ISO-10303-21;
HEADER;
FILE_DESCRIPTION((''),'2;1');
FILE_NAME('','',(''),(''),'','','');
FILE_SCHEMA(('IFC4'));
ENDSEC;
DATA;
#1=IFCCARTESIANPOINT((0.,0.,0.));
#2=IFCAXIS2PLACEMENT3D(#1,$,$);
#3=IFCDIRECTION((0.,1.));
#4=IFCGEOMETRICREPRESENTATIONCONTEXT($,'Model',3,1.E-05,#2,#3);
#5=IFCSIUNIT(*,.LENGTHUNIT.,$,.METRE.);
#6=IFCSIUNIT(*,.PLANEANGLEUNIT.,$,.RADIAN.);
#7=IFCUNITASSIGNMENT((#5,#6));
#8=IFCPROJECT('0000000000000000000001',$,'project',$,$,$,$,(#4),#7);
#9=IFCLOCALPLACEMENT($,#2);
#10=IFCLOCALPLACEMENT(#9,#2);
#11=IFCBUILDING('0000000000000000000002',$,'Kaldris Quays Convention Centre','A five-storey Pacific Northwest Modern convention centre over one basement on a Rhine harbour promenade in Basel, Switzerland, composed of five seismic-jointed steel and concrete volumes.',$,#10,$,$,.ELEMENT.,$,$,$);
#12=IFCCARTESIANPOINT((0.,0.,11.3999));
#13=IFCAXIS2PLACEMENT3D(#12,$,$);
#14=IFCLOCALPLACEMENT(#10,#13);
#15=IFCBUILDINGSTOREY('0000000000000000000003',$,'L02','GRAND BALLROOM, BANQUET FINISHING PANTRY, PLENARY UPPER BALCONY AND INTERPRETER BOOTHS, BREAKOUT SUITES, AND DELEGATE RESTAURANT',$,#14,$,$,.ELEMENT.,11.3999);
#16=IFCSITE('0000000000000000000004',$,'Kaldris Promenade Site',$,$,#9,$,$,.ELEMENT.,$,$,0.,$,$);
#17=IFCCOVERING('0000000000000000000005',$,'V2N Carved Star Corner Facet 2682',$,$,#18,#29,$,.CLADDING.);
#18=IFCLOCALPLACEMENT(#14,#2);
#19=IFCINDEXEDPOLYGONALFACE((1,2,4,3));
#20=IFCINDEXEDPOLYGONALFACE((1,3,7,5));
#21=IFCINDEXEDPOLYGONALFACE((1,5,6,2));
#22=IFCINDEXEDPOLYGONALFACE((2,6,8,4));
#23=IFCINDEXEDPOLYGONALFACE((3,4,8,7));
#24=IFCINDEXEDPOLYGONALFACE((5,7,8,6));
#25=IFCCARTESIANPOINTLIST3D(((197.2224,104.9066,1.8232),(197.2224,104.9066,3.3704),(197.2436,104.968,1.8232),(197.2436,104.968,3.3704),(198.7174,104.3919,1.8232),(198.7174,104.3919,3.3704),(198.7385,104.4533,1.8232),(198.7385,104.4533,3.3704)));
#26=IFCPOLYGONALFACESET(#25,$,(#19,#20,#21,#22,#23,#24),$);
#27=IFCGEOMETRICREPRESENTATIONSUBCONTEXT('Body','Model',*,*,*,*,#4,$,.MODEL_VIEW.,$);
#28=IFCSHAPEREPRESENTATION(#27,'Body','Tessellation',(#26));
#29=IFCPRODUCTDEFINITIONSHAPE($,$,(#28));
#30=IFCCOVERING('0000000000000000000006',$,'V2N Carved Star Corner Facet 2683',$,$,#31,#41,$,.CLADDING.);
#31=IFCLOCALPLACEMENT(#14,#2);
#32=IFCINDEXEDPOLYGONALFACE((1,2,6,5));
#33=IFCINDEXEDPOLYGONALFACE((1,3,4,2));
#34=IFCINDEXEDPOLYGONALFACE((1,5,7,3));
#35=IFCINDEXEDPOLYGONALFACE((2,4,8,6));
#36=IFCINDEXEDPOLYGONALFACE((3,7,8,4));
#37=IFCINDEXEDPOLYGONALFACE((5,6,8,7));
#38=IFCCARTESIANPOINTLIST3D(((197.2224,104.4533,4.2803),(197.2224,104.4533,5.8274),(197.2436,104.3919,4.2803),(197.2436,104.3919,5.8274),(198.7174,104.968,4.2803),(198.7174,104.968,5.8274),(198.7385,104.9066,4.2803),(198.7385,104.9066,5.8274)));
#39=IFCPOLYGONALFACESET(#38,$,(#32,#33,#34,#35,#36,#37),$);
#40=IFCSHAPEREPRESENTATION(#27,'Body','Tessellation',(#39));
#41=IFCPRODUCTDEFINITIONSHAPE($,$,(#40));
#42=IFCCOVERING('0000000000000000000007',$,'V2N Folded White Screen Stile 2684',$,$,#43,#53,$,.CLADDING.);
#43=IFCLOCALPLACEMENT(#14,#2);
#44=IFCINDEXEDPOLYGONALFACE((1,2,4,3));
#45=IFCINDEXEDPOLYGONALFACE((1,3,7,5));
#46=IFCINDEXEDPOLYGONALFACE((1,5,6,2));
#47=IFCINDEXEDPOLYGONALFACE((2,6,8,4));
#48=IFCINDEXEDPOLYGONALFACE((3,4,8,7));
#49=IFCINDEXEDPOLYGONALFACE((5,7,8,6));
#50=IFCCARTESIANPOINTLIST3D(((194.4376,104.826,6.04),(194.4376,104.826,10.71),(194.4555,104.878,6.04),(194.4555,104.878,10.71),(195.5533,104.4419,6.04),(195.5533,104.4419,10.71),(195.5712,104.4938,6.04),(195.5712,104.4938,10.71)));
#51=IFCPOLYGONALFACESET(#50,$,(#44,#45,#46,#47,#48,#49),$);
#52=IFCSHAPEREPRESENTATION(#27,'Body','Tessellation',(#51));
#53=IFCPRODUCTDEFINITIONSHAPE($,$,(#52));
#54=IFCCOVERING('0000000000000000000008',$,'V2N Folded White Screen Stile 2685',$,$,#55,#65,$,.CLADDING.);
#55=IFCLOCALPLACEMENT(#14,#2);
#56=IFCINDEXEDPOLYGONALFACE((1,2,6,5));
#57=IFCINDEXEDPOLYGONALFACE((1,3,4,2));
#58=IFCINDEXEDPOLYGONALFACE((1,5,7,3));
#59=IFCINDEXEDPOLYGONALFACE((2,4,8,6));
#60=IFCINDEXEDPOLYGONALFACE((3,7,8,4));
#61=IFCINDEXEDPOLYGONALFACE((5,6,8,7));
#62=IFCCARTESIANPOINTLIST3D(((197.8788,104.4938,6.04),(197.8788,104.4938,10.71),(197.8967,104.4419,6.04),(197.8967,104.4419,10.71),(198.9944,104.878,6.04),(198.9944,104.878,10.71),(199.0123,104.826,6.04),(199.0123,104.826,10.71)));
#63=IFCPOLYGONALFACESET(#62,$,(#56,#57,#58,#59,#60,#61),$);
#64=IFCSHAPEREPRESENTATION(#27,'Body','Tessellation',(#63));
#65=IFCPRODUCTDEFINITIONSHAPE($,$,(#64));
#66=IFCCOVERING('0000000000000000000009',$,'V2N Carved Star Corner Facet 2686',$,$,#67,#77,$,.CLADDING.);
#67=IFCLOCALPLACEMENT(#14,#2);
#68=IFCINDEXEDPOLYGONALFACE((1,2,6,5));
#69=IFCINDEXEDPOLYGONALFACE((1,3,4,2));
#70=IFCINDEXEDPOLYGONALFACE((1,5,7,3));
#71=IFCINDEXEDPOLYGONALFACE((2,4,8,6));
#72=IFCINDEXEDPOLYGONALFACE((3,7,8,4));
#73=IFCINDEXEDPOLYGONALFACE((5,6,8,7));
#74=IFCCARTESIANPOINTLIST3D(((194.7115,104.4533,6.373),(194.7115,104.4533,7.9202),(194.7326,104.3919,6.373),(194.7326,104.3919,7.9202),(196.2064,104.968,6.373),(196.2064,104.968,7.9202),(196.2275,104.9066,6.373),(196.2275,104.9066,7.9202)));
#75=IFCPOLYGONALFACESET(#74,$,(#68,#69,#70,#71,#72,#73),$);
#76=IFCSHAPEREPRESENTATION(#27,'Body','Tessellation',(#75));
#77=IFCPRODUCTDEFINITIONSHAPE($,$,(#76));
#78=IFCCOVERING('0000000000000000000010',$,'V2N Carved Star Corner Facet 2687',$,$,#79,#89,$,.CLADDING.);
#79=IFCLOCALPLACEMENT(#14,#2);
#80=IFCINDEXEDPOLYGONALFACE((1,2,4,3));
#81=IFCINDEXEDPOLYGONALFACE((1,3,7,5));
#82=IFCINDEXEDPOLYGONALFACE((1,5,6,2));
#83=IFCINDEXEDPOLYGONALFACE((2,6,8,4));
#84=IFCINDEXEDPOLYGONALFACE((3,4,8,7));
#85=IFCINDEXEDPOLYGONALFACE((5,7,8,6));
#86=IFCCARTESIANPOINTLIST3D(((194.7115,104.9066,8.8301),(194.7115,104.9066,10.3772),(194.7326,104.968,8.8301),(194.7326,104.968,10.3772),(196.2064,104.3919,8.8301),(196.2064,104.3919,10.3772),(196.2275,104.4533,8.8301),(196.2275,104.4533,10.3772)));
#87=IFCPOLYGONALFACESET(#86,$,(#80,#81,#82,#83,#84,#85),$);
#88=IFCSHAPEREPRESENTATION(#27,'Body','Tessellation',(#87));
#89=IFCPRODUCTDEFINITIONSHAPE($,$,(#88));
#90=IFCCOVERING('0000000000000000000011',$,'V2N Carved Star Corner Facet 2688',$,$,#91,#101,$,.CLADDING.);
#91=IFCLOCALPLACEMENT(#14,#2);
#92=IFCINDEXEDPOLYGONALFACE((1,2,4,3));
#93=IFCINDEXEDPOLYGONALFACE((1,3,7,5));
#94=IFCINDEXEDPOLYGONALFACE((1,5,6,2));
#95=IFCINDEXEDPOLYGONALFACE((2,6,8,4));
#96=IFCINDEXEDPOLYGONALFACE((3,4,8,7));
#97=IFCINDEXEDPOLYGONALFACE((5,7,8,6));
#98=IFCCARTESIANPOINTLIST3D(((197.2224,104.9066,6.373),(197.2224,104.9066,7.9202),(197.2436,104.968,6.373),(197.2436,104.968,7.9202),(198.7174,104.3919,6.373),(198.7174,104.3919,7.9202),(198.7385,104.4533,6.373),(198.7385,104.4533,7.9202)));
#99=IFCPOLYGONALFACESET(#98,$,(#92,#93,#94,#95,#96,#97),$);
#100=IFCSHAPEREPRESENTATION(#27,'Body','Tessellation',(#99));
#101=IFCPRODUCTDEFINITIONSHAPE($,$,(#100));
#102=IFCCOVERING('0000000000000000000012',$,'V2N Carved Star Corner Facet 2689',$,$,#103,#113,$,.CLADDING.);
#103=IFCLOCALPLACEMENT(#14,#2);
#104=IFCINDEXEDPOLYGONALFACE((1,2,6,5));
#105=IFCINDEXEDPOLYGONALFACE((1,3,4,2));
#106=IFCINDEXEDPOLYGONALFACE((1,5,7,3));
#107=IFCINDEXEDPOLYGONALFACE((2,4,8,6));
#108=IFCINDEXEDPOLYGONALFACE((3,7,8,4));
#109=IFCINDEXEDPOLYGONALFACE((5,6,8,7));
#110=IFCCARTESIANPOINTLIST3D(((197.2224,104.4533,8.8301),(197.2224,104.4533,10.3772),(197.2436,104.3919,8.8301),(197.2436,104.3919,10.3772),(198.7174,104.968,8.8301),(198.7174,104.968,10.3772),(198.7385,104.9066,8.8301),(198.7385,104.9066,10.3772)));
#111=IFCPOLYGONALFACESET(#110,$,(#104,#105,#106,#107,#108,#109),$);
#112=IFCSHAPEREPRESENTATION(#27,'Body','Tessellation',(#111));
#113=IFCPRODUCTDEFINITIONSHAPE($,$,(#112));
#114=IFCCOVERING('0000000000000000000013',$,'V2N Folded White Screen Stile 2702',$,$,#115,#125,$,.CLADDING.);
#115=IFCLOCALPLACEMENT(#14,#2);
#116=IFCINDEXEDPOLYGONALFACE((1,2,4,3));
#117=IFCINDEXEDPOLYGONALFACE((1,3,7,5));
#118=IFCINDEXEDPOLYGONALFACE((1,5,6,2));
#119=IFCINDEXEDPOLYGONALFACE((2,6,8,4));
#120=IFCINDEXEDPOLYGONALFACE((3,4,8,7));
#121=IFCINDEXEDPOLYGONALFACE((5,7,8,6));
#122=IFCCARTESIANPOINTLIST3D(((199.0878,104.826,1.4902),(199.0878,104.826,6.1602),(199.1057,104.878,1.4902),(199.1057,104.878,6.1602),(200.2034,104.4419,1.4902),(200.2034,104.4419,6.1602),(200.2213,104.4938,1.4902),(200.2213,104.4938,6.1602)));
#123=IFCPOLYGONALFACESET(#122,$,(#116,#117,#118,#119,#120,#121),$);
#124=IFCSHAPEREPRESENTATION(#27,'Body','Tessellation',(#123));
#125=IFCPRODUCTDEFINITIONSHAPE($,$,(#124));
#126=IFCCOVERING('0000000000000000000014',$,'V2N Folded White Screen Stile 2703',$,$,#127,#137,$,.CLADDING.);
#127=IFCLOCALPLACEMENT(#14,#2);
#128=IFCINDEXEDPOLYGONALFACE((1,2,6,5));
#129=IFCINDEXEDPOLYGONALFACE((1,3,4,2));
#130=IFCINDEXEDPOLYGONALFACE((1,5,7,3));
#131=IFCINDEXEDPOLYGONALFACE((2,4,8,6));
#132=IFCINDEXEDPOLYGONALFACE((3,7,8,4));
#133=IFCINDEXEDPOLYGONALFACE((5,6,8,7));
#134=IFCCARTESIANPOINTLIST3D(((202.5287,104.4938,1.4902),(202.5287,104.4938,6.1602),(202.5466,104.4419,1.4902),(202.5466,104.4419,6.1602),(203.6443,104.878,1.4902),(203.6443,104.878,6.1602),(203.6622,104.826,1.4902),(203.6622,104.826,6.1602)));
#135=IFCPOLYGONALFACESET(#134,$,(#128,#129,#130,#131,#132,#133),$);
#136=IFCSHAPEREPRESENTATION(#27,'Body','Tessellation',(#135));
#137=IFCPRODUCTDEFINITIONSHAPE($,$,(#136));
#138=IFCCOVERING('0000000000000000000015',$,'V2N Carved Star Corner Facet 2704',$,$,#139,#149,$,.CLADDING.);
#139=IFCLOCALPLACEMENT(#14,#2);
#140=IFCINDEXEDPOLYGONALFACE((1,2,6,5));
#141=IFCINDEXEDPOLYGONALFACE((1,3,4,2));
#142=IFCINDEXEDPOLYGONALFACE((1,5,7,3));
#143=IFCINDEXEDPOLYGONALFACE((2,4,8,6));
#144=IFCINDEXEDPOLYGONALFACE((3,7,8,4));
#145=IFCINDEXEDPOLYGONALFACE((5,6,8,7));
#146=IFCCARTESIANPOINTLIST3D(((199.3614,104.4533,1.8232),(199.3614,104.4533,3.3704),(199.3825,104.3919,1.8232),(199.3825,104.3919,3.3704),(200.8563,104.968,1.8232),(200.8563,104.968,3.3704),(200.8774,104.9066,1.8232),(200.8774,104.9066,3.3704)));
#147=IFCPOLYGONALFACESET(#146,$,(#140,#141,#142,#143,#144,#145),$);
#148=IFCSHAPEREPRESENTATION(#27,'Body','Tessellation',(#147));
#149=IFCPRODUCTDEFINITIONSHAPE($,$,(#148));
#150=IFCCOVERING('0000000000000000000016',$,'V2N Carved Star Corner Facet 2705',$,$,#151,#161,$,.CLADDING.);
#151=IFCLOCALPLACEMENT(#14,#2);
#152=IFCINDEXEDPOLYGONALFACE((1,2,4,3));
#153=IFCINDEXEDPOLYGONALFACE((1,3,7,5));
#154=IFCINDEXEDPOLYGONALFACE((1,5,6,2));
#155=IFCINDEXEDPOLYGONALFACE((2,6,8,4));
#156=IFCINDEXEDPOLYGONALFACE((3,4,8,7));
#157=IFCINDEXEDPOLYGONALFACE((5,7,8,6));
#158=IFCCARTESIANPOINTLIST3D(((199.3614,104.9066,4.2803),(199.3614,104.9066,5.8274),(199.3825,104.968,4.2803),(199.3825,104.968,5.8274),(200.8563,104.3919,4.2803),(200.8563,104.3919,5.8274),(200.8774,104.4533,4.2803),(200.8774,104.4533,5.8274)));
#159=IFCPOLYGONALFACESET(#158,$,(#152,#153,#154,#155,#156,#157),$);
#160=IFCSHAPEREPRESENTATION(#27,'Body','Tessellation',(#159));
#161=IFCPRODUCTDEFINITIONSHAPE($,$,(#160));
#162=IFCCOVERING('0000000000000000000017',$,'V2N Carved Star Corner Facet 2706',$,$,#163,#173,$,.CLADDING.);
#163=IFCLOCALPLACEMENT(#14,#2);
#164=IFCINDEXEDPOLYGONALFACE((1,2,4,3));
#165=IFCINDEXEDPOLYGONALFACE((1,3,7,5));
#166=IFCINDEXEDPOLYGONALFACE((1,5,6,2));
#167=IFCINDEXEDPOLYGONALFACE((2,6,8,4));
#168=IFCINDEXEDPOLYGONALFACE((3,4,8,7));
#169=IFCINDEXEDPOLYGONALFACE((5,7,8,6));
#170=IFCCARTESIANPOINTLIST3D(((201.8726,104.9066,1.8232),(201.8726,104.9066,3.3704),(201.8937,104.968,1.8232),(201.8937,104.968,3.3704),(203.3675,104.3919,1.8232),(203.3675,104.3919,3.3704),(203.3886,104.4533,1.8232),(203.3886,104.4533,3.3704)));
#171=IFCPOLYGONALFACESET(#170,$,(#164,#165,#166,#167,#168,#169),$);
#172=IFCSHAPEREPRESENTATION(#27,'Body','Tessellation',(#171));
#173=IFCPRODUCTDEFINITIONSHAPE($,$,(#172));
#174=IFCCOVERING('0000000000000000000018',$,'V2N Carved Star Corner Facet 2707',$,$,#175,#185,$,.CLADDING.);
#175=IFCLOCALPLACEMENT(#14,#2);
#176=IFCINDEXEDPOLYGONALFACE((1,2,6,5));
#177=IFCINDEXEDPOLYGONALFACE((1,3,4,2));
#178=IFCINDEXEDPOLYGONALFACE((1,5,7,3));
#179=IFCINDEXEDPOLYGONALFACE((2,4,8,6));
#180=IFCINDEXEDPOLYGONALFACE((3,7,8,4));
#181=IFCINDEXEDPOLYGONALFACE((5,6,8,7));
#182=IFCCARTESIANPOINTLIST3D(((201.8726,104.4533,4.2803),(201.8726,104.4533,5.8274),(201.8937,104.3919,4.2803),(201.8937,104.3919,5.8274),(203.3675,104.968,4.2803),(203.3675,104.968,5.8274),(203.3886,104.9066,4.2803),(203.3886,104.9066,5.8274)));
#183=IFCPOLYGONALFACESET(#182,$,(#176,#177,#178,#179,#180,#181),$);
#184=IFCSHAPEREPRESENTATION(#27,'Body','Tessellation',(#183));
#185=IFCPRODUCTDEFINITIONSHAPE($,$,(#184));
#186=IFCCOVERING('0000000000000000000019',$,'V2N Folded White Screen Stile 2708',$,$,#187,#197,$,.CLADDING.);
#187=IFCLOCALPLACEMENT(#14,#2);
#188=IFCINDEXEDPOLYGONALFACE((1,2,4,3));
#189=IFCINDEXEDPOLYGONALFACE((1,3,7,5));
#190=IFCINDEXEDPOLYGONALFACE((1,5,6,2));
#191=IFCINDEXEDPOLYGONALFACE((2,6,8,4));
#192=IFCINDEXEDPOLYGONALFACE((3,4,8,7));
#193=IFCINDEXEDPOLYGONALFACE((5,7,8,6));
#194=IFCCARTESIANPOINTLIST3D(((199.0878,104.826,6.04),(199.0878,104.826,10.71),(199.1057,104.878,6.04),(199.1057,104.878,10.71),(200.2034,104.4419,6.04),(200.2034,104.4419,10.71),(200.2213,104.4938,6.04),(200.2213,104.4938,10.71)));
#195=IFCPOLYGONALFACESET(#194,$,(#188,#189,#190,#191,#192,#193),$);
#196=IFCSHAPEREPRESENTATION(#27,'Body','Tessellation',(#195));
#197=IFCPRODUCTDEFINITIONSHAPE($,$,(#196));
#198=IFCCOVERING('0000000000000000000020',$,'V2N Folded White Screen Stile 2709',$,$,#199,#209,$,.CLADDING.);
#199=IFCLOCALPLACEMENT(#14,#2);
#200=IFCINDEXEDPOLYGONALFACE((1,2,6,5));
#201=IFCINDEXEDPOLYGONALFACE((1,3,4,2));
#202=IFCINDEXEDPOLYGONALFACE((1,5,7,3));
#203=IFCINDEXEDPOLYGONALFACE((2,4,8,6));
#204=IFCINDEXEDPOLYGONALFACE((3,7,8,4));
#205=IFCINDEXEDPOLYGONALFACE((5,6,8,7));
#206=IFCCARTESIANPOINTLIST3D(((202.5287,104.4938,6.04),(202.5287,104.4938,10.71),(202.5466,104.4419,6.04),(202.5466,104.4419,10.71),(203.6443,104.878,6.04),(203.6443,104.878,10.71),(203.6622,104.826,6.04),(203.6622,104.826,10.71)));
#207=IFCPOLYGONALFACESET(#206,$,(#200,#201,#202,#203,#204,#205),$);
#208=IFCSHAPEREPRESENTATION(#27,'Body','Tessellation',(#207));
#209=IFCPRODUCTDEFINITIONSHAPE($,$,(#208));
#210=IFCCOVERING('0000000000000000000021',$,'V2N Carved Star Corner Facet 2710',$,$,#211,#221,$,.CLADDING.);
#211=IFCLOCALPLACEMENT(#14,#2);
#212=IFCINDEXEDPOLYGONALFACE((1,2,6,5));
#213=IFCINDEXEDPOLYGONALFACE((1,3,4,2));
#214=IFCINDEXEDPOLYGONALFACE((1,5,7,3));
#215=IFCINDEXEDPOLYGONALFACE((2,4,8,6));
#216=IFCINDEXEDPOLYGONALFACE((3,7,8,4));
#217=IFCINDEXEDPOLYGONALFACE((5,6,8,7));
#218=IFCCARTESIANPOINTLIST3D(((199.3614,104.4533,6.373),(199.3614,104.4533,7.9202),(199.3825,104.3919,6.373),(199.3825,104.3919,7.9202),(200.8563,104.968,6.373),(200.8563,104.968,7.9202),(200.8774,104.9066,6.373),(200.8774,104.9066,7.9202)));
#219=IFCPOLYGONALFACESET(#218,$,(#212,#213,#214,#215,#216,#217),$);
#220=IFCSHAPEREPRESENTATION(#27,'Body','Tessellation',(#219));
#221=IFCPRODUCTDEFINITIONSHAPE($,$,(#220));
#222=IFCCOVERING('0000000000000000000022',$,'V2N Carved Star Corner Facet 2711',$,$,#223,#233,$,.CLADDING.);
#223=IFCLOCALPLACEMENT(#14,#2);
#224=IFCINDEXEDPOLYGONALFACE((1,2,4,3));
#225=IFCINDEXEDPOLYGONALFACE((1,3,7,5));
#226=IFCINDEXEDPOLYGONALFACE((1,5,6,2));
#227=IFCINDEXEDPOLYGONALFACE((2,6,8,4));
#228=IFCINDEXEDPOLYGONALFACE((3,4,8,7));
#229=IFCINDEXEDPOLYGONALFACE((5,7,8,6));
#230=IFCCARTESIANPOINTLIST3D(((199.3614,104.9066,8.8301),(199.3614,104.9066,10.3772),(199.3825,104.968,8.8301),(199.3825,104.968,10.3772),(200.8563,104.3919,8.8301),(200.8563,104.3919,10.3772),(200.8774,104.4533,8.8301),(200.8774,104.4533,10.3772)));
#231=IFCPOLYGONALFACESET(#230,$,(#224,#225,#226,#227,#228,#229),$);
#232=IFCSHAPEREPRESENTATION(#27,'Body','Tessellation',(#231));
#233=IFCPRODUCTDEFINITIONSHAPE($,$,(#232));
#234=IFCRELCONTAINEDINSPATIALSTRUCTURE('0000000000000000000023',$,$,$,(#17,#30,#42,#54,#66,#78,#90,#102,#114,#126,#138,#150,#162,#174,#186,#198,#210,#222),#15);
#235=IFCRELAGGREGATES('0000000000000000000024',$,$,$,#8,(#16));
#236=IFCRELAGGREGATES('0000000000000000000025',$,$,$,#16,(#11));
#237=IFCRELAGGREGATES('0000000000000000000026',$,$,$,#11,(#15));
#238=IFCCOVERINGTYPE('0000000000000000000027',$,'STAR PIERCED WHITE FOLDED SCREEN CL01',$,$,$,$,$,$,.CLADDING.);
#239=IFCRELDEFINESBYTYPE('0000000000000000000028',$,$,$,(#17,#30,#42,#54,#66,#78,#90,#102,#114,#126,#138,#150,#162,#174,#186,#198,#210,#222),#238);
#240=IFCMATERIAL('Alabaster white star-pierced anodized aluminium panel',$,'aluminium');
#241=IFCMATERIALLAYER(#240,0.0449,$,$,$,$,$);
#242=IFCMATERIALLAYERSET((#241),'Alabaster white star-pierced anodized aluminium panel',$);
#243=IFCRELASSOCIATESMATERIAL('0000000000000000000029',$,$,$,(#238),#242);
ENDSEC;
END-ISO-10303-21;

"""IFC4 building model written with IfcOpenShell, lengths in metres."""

from ifc_helpers import new_model, si_unit, direction, frame, origin, origin_2d, place, context, subcontext, project, spatial, rectangle, extrude, material, layer, layer_set, type_object, element, save


model = new_model("IFC4")

# Units and contexts
model_context = context("Model", 3, precision=1e-05, world=origin(), true_north=direction((0.0, 1.0)))
body_context = subcontext(model_context, "Body", "Model", "MODEL_VIEW")
ifc_project = project(units=[si_unit("LENGTHUNIT", "METRE"), si_unit("PLANEANGLEUNIT", "RADIAN")], contexts=[model_context])

# Site, building, storey
site_placement = place(None, origin())
site = spatial("IfcSite", under=ifc_project, at=site_placement, Name="Kaldris Promenade Site", CompositionType="ELEMENT", RefElevation=0.0)
building_placement = place(site_placement, origin())
building = spatial("IfcBuilding", under=site, at=building_placement, Name="Kaldris Quays Convention Centre", Description="A five-storey Pacific Northwest Modern convention centre over one basement on a Rhine harbour promenade in Basel, Switzerland, composed of five seismic-jointed steel and concrete volumes.", CompositionType="ELEMENT")
storey_placement = place(building_placement, frame((0.0, 0.0, 11.3999)))
storey = spatial("IfcBuildingStorey", under=building, at=storey_placement, Name="L02", Description="GRAND BALLROOM, BANQUET FINISHING PANTRY, PLENARY UPPER BALCONY AND INTERPRETER BOOTHS, BREAKOUT SUITES, AND DELEGATE RESTAURANT", CompositionType="ELEMENT", Elevation=11.3999)

# Coverings
ifc_material_1 = material(Name="Alabaster white star-pierced anodized aluminium panel", Category="aluminium")
ifc_layer = layer(ifc_material_1, 0.0449)
ifc_layer_set = layer_set([ifc_layer], Name="Alabaster white star-pierced anodized aluminium panel")
covering_type = type_object("IfcCoveringType", Name="STAR PIERCED WHITE FOLDED SCREEN CL01", PredefinedType="CLADDING", material=ifc_layer_set)
for number, where, z_axis, x_axis, name in (
    (1, (197.9805, 104.6799, 1.8232), (0.0, 0.0, 1.0), (0.945519, -0.325568, 0.0), "V2N Carved Star Corner Facet 2682"),
    (2, (197.9805, 104.6799, 4.2803), (0.0, 0.0, 1.0), (0.945519, 0.325568, 0.0), "V2N Carved Star Corner Facet 2683"),
):
    element("IfcCovering", number, at=place(storey_placement, frame(where, z_axis=z_axis, x_axis=x_axis)), inside=storey, type_object=covering_type, Name=name, PredefinedType="CLADDING", context=body_context, shape_type="SweptSolid", body=[
        extrude(rectangle(XDim=1.5811, YDim=0.0649, at=origin_2d()), origin(), (0.0, 0.0, 1.0), 1.5471),
    ])
for number, where, z_axis, x_axis, name in (
    (3, (195.0044, 104.6599, 6.04), (0.0, 0.0, 1.0), (0.945519, -0.325568, 0.0), "V2N Folded White Screen Stile 2684"),
    (4, (198.4456, 104.6599, 6.04), (0.0, 0.0, 1.0), (0.945519, 0.325568, 0.0), "V2N Folded White Screen Stile 2685"),
):
    element("IfcCovering", number, at=place(storey_placement, frame(where, z_axis=z_axis, x_axis=x_axis)), inside=storey, type_object=covering_type, Name=name, PredefinedType="CLADDING", context=body_context, shape_type="SweptSolid", body=[
        extrude(rectangle(XDim=1.1799, YDim=0.0549, at=origin_2d()), origin(), (0.0, 0.0, 1.0), 4.6699),
    ])
for number, where, z_axis, x_axis, name in (
    (5, (195.4695, 104.6799, 6.373), (0.0, 0.0, 1.0), (0.945519, 0.325568, 0.0), "V2N Carved Star Corner Facet 2686"),
    (6, (195.4695, 104.6799, 8.8301), (0.0, 0.0, 1.0), (0.945519, -0.325568, 0.0), "V2N Carved Star Corner Facet 2687"),
    (7, (197.9805, 104.6799, 6.373), (0.0, 0.0, 1.0), (0.945519, -0.325568, 0.0), "V2N Carved Star Corner Facet 2688"),
    (8, (197.9805, 104.6799, 8.8301), (0.0, 0.0, 1.0), (0.945519, 0.325568, 0.0), "V2N Carved Star Corner Facet 2689"),
):
    element("IfcCovering", number, at=place(storey_placement, frame(where, z_axis=z_axis, x_axis=x_axis)), inside=storey, type_object=covering_type, Name=name, PredefinedType="CLADDING", context=body_context, shape_type="SweptSolid", body=[
        extrude(rectangle(XDim=1.5811, YDim=0.0649, at=origin_2d()), origin(), (0.0, 0.0, 1.0), 1.5471),
    ])
for number, where, z_axis, x_axis, name in (
    (9, (199.6545, 104.6599, 1.4902), (0.0, 0.0, 1.0), (0.945519, -0.325568, 0.0), "V2N Folded White Screen Stile 2702"),
    (10, (203.0955, 104.6599, 1.4902), (0.0, 0.0, 1.0), (0.945519, 0.325568, 0.0), "V2N Folded White Screen Stile 2703"),
):
    element("IfcCovering", number, at=place(storey_placement, frame(where, z_axis=z_axis, x_axis=x_axis)), inside=storey, type_object=covering_type, Name=name, PredefinedType="CLADDING", context=body_context, shape_type="SweptSolid", body=[
        extrude(rectangle(XDim=1.1799, YDim=0.0549, at=origin_2d()), origin(), (0.0, 0.0, 1.0), 4.6699),
    ])
for number, where, z_axis, x_axis, name in (
    (11, (200.1194, 104.6799, 1.8232), (0.0, 0.0, 1.0), (0.945519, 0.325568, 0.0), "V2N Carved Star Corner Facet 2704"),
    (12, (200.1194, 104.6799, 4.2803), (0.0, 0.0, 1.0), (0.945519, -0.325568, 0.0), "V2N Carved Star Corner Facet 2705"),
    (13, (202.6306, 104.6799, 1.8232), (0.0, 0.0, 1.0), (0.945519, -0.325568, 0.0), "V2N Carved Star Corner Facet 2706"),
    (14, (202.6306, 104.6799, 4.2803), (0.0, 0.0, 1.0), (0.945519, 0.325568, 0.0), "V2N Carved Star Corner Facet 2707"),
):
    element("IfcCovering", number, at=place(storey_placement, frame(where, z_axis=z_axis, x_axis=x_axis)), inside=storey, type_object=covering_type, Name=name, PredefinedType="CLADDING", context=body_context, shape_type="SweptSolid", body=[
        extrude(rectangle(XDim=1.5811, YDim=0.0649, at=origin_2d()), origin(), (0.0, 0.0, 1.0), 1.5471),
    ])
for number, where, z_axis, x_axis, name in (
    (15, (199.6545, 104.6599, 6.04), (0.0, 0.0, 1.0), (0.945519, -0.325568, 0.0), "V2N Folded White Screen Stile 2708"),
    (16, (203.0955, 104.6599, 6.04), (0.0, 0.0, 1.0), (0.945519, 0.325568, 0.0), "V2N Folded White Screen Stile 2709"),
):
    element("IfcCovering", number, at=place(storey_placement, frame(where, z_axis=z_axis, x_axis=x_axis)), inside=storey, type_object=covering_type, Name=name, PredefinedType="CLADDING", context=body_context, shape_type="SweptSolid", body=[
        extrude(rectangle(XDim=1.1799, YDim=0.0549, at=origin_2d()), origin(), (0.0, 0.0, 1.0), 4.6699),
    ])
for number, where, z_axis, x_axis, name in (
    (17, (200.1194, 104.6799, 6.373), (0.0, 0.0, 1.0), (0.945519, 0.325568, 0.0), "V2N Carved Star Corner Facet 2710"),
    (18, (200.1194, 104.6799, 8.8301), (0.0, 0.0, 1.0), (0.945519, -0.325568, 0.0), "V2N Carved Star Corner Facet 2711"),
):
    element("IfcCovering", number, at=place(storey_placement, frame(where, z_axis=z_axis, x_axis=x_axis)), inside=storey, type_object=covering_type, Name=name, PredefinedType="CLADDING", context=body_context, shape_type="SweptSolid", body=[
        extrude(rectangle(XDim=1.5811, YDim=0.0649, at=origin_2d()), origin(), (0.0, 0.0, 1.0), 1.5471),
    ])

save(model, "model.ifc")
